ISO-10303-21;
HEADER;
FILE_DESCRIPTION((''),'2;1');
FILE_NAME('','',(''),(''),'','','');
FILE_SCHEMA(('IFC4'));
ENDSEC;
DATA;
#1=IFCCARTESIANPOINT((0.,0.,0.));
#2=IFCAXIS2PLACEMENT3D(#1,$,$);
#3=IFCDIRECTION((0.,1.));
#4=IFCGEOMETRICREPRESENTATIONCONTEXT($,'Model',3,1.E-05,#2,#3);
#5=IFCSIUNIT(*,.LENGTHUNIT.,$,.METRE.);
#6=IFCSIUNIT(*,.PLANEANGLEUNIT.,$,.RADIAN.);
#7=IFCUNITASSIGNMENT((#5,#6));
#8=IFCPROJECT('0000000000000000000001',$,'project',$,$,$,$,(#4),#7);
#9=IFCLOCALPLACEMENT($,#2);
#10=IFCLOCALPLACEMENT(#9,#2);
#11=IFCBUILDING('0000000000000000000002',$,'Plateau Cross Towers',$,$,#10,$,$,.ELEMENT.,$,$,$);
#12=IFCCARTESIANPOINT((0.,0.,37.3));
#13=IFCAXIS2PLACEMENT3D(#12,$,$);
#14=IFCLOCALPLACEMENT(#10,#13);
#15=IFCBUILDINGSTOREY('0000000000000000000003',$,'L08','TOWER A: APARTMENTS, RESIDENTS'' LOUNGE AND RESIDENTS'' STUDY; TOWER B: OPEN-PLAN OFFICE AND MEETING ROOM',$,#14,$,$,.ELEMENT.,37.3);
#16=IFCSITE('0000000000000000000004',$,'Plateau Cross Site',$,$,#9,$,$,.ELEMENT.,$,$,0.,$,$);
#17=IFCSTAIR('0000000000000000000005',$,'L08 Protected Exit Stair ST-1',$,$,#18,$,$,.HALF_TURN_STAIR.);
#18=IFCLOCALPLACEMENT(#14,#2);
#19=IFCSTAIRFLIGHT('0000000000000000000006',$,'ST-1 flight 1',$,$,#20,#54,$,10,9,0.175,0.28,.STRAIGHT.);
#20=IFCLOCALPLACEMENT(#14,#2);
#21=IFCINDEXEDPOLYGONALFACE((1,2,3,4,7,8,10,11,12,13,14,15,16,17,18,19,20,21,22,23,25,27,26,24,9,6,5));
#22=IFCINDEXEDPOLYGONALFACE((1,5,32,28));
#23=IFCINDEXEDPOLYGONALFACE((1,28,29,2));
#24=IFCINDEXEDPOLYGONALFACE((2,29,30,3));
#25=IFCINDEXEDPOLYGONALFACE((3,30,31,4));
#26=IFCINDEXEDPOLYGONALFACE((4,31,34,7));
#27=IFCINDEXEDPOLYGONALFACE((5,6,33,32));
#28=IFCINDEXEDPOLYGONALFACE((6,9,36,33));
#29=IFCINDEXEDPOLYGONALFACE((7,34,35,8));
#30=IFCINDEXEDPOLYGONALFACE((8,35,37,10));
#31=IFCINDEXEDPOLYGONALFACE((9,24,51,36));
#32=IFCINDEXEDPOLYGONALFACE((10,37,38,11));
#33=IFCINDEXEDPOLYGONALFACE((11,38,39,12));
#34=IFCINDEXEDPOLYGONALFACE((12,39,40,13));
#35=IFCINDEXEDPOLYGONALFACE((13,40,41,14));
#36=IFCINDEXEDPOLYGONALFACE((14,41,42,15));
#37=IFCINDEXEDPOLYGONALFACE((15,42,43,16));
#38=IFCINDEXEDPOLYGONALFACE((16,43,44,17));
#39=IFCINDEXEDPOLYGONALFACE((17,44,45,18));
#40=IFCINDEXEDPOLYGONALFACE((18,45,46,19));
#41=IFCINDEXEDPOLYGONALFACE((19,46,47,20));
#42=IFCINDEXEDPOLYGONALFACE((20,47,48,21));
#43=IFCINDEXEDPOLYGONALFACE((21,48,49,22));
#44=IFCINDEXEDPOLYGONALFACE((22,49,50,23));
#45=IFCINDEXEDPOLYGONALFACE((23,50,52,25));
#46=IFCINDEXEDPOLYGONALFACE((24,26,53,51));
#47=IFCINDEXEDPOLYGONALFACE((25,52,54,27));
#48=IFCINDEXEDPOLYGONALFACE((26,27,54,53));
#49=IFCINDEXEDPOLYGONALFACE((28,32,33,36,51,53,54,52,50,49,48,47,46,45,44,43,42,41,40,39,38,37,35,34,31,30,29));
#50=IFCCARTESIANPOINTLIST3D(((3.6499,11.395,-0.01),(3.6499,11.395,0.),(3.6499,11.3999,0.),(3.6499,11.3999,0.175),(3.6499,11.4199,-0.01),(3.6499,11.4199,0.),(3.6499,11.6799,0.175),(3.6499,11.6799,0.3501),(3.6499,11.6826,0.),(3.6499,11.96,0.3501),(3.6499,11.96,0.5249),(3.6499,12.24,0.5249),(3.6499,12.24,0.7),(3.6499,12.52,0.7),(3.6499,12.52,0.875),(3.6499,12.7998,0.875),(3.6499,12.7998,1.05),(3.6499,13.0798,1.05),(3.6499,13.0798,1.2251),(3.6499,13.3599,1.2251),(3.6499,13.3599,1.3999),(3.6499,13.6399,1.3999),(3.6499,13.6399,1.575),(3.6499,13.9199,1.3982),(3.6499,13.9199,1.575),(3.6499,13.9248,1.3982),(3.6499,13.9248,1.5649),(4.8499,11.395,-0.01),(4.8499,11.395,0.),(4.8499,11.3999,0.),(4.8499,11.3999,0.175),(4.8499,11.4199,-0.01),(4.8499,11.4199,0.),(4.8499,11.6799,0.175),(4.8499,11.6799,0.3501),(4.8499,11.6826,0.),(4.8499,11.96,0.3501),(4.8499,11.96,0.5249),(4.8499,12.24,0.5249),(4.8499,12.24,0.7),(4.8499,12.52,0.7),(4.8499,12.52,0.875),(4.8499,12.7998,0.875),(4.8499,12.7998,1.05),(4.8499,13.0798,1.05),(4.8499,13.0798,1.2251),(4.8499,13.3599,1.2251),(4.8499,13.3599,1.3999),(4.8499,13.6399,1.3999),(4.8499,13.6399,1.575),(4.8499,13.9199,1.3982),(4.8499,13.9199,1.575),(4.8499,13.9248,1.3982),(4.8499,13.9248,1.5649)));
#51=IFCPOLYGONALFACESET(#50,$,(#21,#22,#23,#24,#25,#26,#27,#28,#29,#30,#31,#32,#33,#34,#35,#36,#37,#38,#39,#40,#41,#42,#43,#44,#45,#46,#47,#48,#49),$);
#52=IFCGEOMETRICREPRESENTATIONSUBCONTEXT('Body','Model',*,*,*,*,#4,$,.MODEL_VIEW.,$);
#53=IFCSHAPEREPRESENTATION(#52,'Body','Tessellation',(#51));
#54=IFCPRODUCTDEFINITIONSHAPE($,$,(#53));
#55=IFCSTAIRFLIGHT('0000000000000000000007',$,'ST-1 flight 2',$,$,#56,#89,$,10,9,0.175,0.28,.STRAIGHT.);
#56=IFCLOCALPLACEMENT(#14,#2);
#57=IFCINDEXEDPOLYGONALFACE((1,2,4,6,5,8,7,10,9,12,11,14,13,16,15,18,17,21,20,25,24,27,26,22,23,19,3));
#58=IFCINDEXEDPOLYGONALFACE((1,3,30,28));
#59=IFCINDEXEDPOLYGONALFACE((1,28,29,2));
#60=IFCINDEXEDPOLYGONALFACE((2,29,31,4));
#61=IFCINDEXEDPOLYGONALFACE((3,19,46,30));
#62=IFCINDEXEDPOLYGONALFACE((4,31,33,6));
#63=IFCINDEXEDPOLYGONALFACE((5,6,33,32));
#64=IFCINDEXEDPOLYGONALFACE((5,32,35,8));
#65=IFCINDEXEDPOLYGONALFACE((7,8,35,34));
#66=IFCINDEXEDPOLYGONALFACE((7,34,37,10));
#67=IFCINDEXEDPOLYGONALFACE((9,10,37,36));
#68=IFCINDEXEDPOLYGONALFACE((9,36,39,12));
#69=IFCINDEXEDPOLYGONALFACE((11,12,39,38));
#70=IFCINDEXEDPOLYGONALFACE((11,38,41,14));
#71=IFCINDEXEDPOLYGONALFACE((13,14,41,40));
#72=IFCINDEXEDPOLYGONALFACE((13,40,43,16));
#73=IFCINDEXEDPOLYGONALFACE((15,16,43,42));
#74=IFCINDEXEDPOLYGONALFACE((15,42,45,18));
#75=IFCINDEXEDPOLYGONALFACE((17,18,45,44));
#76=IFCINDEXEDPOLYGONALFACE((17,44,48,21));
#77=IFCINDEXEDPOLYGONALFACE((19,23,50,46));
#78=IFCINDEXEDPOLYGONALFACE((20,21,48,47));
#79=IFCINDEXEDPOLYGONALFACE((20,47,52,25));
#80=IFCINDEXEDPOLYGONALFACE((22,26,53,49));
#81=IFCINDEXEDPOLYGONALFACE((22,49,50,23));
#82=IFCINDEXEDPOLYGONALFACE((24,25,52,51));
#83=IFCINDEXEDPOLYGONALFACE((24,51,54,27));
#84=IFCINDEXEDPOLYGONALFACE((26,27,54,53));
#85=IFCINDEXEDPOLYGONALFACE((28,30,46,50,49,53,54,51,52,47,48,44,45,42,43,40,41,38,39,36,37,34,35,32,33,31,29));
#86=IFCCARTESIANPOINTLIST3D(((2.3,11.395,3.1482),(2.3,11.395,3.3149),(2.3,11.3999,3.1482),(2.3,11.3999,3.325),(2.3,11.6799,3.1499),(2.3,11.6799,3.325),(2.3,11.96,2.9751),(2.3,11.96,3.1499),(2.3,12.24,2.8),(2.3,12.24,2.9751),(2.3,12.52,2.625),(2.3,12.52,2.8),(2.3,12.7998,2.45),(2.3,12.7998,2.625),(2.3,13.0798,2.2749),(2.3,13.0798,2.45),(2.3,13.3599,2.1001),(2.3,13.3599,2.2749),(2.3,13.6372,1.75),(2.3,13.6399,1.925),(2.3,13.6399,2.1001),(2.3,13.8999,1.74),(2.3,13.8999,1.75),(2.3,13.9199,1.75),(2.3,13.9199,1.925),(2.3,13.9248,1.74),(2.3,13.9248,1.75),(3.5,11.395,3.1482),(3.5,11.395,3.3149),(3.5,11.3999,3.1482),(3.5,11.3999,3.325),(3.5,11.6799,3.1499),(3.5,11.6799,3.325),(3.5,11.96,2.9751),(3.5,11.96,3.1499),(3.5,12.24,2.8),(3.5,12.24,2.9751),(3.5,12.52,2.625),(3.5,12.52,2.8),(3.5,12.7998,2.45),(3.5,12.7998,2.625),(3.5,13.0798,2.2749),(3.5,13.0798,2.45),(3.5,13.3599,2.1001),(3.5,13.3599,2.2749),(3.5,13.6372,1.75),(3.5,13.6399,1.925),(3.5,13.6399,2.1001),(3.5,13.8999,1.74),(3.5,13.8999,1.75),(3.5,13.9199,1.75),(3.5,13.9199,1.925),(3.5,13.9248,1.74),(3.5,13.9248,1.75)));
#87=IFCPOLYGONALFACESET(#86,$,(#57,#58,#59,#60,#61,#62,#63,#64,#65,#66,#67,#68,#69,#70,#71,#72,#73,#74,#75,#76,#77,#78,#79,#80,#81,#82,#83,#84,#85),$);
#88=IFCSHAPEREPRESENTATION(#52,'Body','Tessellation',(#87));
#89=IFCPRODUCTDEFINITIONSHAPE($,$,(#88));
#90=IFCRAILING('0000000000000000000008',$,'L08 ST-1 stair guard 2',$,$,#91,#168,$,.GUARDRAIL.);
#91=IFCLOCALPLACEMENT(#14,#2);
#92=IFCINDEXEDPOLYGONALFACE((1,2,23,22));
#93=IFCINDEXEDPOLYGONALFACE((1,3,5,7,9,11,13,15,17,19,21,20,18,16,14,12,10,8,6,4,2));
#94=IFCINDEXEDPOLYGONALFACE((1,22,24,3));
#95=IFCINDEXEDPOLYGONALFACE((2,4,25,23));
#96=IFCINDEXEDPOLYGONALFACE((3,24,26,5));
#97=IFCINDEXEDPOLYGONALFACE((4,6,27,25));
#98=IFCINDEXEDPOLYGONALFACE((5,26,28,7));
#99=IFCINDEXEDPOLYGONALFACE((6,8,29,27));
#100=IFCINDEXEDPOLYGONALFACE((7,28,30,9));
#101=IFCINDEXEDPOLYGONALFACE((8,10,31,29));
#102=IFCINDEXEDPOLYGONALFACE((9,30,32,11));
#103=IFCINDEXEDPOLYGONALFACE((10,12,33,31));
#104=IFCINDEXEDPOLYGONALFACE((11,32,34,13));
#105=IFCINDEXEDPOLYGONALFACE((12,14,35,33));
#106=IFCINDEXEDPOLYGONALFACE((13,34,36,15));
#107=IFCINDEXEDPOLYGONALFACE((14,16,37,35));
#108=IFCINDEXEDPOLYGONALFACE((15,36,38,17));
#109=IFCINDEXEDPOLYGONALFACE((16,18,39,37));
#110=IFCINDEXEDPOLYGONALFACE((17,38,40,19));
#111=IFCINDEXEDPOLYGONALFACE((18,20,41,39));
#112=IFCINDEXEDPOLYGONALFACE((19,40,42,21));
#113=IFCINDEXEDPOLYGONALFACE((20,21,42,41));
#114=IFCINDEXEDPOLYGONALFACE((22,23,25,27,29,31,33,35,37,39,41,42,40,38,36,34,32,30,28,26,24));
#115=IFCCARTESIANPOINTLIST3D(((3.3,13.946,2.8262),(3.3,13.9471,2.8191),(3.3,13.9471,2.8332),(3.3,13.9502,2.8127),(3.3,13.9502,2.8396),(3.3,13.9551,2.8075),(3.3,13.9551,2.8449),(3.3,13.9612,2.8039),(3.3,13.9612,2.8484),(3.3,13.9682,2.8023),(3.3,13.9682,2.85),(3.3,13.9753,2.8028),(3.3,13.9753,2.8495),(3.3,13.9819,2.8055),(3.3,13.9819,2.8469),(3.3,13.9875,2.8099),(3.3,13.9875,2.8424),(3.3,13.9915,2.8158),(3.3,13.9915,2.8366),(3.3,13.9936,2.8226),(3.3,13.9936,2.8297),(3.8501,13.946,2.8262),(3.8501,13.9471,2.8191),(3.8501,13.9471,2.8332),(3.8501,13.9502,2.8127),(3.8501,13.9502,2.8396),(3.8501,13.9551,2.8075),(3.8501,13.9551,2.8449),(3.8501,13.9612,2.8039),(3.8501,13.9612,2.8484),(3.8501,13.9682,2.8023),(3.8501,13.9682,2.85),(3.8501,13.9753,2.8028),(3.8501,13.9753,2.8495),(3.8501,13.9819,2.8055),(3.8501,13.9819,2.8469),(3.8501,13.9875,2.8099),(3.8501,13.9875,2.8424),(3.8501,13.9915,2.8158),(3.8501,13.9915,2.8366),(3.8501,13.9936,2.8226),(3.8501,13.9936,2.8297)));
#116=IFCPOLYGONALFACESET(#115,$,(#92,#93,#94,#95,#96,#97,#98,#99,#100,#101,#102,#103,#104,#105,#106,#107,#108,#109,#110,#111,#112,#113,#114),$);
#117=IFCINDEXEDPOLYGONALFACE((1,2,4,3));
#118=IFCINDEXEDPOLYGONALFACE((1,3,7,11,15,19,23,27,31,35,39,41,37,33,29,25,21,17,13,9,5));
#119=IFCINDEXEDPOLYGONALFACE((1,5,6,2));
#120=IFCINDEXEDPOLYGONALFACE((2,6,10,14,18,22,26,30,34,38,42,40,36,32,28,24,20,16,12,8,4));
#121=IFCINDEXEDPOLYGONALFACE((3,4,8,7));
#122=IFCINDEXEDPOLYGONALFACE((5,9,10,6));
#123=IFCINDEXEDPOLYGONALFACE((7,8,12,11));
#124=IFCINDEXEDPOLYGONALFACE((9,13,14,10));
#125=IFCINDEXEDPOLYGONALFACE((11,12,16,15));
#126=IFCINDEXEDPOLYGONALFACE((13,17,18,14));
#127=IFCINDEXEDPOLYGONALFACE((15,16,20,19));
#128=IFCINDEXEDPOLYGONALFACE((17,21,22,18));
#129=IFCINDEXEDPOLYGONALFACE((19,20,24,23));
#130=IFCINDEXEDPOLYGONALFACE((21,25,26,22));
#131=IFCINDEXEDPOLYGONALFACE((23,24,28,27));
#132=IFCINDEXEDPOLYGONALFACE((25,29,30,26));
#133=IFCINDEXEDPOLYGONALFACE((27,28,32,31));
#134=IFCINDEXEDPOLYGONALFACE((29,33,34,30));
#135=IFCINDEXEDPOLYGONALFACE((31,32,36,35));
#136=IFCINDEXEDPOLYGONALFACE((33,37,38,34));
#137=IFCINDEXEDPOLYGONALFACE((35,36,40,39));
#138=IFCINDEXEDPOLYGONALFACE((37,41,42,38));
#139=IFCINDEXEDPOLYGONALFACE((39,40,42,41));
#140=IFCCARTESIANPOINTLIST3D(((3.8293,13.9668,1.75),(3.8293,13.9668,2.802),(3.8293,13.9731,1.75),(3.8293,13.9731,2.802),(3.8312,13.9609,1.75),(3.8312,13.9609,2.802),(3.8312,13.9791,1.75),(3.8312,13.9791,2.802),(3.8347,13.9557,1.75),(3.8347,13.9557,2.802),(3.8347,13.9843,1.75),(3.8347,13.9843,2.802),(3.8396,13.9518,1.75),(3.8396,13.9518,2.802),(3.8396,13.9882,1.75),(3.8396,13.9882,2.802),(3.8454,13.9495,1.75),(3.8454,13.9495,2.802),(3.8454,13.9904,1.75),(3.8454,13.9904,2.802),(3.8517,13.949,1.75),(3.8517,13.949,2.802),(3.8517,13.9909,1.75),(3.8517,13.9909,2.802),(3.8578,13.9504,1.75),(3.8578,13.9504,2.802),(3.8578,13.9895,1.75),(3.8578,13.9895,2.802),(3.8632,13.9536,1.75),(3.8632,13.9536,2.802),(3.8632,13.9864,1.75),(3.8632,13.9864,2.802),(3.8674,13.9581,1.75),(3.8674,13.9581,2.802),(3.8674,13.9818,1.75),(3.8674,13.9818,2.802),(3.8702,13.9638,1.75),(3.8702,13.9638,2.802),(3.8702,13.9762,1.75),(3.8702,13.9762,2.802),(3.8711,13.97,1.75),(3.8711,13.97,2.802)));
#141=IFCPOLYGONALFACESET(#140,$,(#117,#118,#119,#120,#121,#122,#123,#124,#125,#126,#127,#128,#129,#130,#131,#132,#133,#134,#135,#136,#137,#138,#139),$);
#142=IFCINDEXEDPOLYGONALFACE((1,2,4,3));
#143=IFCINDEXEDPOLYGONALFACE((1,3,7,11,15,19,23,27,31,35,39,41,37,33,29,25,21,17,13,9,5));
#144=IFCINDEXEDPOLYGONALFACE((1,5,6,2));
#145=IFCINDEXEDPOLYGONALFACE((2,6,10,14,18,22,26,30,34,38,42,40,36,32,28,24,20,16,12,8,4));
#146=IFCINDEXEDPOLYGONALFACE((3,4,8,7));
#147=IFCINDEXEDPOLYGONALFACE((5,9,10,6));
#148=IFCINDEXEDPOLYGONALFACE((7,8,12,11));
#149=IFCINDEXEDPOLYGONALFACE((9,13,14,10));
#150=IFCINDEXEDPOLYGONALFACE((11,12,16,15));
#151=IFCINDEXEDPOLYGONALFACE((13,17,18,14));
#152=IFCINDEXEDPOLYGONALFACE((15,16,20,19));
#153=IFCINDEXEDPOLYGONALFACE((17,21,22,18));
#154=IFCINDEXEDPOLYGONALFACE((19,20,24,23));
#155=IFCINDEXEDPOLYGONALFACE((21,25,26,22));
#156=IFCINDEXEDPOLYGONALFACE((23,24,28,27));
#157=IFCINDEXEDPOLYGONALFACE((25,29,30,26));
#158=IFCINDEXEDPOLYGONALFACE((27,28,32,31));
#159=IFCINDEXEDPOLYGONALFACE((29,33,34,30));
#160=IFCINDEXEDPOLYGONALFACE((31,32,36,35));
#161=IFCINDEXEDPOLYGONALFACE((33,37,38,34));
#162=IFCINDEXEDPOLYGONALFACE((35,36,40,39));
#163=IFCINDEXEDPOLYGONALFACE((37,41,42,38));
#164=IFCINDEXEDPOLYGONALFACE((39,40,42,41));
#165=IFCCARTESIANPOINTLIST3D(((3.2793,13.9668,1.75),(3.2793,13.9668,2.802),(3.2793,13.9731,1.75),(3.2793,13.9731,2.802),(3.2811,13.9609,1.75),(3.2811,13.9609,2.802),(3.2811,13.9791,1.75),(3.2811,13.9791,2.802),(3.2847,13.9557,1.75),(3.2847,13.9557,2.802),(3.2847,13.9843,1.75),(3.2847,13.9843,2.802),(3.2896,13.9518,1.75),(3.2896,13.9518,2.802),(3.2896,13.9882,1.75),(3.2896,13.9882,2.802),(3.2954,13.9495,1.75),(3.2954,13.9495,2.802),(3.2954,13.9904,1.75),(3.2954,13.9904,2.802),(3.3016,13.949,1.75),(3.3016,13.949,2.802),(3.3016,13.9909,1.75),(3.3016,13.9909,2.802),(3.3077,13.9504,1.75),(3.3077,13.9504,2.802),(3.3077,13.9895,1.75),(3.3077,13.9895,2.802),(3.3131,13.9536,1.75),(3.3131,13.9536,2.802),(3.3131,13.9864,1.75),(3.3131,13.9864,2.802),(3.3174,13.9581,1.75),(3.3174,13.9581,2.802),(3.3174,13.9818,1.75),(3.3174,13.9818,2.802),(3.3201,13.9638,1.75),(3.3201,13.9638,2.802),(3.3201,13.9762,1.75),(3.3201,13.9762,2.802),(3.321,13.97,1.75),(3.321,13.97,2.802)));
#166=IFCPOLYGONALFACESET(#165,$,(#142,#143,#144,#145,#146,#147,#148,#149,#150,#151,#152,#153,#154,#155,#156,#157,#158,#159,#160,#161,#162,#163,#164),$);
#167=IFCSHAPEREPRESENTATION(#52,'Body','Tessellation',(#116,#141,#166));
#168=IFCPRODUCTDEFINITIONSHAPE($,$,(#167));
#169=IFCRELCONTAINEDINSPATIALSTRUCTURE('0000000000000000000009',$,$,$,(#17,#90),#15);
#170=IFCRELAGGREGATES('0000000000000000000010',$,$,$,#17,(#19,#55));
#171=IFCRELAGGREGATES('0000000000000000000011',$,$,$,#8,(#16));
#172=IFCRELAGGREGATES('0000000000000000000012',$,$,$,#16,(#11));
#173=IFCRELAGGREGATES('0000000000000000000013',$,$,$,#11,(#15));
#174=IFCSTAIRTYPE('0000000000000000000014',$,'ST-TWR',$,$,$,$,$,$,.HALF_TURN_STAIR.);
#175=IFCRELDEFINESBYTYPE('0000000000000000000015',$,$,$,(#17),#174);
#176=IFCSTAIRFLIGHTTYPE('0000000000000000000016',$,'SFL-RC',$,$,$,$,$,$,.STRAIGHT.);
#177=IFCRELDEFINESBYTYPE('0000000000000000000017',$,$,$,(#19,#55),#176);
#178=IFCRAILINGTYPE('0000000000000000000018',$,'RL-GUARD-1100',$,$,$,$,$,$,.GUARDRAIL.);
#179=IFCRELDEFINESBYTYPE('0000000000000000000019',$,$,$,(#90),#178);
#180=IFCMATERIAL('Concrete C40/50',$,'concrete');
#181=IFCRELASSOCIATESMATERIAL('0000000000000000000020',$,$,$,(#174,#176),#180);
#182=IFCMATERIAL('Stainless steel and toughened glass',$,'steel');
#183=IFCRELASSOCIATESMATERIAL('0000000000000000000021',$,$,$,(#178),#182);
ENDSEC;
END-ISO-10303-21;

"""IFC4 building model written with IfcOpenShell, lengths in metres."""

from ifc_helpers import new_model, si_unit, direction, frame, origin, origin_2d, place, context, subcontext, project, spatial, polyline, circle, outline, extrude, material, type_object, element, aggregate, save


model = new_model("IFC4")

# Units and contexts
model_context = context("Model", 3, precision=1e-05, world=origin(), true_north=direction((0.0, 1.0)))
body_context = subcontext(model_context, "Body", "Model", "MODEL_VIEW")
ifc_project = project(units=[si_unit("LENGTHUNIT", "METRE"), si_unit("PLANEANGLEUNIT", "RADIAN")], contexts=[model_context])

# Site, building, storey
site_placement = place(None, origin())
site = spatial("IfcSite", under=ifc_project, at=site_placement, Name="Plateau Cross Site", CompositionType="ELEMENT", RefElevation=0.0)
building_placement = place(site_placement, origin())
building = spatial("IfcBuilding", under=site, at=building_placement, Name="Plateau Cross Towers", CompositionType="ELEMENT")
storey_placement = place(building_placement, frame((0.0, 0.0, 37.3)))
storey = spatial("IfcBuildingStorey", under=building, at=storey_placement, Name="L08", Description="TOWER A: APARTMENTS, RESIDENTS' LOUNGE AND RESIDENTS' STUDY; TOWER B: OPEN-PLAN OFFICE AND MEETING ROOM", CompositionType="ELEMENT", Elevation=37.3)

# Stair, stair flights
ifc_material_1 = material(Name="Concrete C40/50", Category="concrete")
stair_type = type_object("IfcStairType", Name="ST-TWR", PredefinedType="HALF_TURN_STAIR", material=ifc_material_1)
stair_placement = place(storey_placement, origin())
stair = element("IfcStair", 1, at=stair_placement, inside=storey, type_object=stair_type, Name="L08 Protected Exit Stair ST-1", PredefinedType="HALF_TURN_STAIR")
stair_flight_type = type_object("IfcStairFlightType", Name="SFL-RC", PredefinedType="STRAIGHT", material=ifc_material_1)
stair_flight_1_placement = place(storey_placement, frame((4.25, 11.3999, 0.0), z_axis=(0.0, 0.0, 1.0), x_axis=(0.0, 1.0, 0.0)))
stair_flight_1 = element("IfcStairFlight", 2, at=stair_flight_1_placement, type_object=stair_flight_type, Name="ST-1 flight 1", NumberOfRisers=10, NumberOfTreads=9, PredefinedType="STRAIGHT", RiserHeight=0.175, TreadLength=0.28, context=body_context, shape_type="SweptSolid", body=[
    extrude(outline(polyline([(-0.0049, -0.01), (-0.0049, 0.0), (0.0, 0.0), (0.0, 0.175), (0.28, 0.175), (0.28, 0.3501), (0.5601, 0.3501), (0.5601, 0.5249), (0.8401, 0.5249), (0.8401, 0.7), (1.1201, 0.7), (1.1201, 0.875), (1.3999, 0.875), (1.3999, 1.05), (1.6799, 1.05), (1.6799, 1.2251), (1.96, 1.2251), (1.96, 1.3999), (2.24, 1.3999), (2.24, 1.575), (2.52, 1.575), (2.5249, 1.5649), (2.5249, 1.3982), (2.52, 1.3982), (0.2827, 0.0), (0.02, 0.0), (0.02, -0.01), (-0.0049, -0.01)])), frame((0.0, 0.6001, 0.0), z_axis=(0.0, -1.0, 0.0), x_axis=(1.0, 0.0, 0.0)), (0.0, 0.0, 1.0), 1.2),
])
stair_flight_2_placement = place(storey_placement, frame((2.8999, 13.9199, 1.75), z_axis=(0.0, 0.0, 1.0), x_axis=(0.0, -1.0, 0.0)))
stair_flight_2 = element("IfcStairFlight", 3, at=stair_flight_2_placement, type_object=stair_flight_type, Name="ST-1 flight 2", NumberOfRisers=10, NumberOfTreads=9, PredefinedType="STRAIGHT", RiserHeight=0.175, TreadLength=0.28, context=body_context, shape_type="SweptSolid", body=[
    extrude(outline(polyline([(-0.0049, -0.01), (-0.0049, 0.0), (0.0, 0.0), (0.0, 0.175), (0.28, 0.175), (0.28, 0.3501), (0.5601, 0.3501), (0.5601, 0.5249), (0.8401, 0.5249), (0.8401, 0.7), (1.1201, 0.7), (1.1201, 0.875), (1.3999, 0.875), (1.3999, 1.05), (1.6799, 1.05), (1.6799, 1.2251), (1.96, 1.2251), (1.96, 1.3999), (2.24, 1.3999), (2.24, 1.575), (2.52, 1.575), (2.5249, 1.5649), (2.5249, 1.3982), (2.52, 1.3982), (0.2827, 0.0), (0.02, 0.0), (0.02, -0.01), (-0.0049, -0.01)])), frame((0.0, 0.6001, 0.0), z_axis=(0.0, -1.0, 0.0), x_axis=(1.0, 0.0, 0.0)), (0.0, 0.0, 1.0), 1.2),
])
aggregate(stair, [stair_flight_1, stair_flight_2])

# Railing
ifc_material_2 = material(Name="Stainless steel and toughened glass", Category="steel")
railing_type_1 = type_object("IfcRailingType", Name="RL-GUARD-1100", PredefinedType="GUARDRAIL", material=ifc_material_2)
railing_1_placement = place(storey_placement, frame((3.8501, 13.97, 1.75)))
element("IfcRailing", 4, at=railing_1_placement, inside=storey, type_object=railing_type_1, Name="L08 ST-1 stair guard 2", PredefinedType="GUARDRAIL", context=body_context, shape_type="SweptSolid", body=[
    extrude(circle(Radius=0.0239, at=origin_2d()), frame((0.0, 0.0, 1.0762), z_axis=(-1.0, 0.0, 0.0), x_axis=(0.0, -1.0, 0.0)), (0.0, 0.0, 1.0), 0.55),
    extrude(circle(Radius=0.021, at=origin_2d()), origin(), (0.0, 0.0, 1.0), 1.052),
    extrude(circle(Radius=0.021, at=origin_2d()), frame((-0.55, 0.0, 0.0)), (0.0, 0.0, 1.0), 1.052),
])

save(model, "model.ifc")
